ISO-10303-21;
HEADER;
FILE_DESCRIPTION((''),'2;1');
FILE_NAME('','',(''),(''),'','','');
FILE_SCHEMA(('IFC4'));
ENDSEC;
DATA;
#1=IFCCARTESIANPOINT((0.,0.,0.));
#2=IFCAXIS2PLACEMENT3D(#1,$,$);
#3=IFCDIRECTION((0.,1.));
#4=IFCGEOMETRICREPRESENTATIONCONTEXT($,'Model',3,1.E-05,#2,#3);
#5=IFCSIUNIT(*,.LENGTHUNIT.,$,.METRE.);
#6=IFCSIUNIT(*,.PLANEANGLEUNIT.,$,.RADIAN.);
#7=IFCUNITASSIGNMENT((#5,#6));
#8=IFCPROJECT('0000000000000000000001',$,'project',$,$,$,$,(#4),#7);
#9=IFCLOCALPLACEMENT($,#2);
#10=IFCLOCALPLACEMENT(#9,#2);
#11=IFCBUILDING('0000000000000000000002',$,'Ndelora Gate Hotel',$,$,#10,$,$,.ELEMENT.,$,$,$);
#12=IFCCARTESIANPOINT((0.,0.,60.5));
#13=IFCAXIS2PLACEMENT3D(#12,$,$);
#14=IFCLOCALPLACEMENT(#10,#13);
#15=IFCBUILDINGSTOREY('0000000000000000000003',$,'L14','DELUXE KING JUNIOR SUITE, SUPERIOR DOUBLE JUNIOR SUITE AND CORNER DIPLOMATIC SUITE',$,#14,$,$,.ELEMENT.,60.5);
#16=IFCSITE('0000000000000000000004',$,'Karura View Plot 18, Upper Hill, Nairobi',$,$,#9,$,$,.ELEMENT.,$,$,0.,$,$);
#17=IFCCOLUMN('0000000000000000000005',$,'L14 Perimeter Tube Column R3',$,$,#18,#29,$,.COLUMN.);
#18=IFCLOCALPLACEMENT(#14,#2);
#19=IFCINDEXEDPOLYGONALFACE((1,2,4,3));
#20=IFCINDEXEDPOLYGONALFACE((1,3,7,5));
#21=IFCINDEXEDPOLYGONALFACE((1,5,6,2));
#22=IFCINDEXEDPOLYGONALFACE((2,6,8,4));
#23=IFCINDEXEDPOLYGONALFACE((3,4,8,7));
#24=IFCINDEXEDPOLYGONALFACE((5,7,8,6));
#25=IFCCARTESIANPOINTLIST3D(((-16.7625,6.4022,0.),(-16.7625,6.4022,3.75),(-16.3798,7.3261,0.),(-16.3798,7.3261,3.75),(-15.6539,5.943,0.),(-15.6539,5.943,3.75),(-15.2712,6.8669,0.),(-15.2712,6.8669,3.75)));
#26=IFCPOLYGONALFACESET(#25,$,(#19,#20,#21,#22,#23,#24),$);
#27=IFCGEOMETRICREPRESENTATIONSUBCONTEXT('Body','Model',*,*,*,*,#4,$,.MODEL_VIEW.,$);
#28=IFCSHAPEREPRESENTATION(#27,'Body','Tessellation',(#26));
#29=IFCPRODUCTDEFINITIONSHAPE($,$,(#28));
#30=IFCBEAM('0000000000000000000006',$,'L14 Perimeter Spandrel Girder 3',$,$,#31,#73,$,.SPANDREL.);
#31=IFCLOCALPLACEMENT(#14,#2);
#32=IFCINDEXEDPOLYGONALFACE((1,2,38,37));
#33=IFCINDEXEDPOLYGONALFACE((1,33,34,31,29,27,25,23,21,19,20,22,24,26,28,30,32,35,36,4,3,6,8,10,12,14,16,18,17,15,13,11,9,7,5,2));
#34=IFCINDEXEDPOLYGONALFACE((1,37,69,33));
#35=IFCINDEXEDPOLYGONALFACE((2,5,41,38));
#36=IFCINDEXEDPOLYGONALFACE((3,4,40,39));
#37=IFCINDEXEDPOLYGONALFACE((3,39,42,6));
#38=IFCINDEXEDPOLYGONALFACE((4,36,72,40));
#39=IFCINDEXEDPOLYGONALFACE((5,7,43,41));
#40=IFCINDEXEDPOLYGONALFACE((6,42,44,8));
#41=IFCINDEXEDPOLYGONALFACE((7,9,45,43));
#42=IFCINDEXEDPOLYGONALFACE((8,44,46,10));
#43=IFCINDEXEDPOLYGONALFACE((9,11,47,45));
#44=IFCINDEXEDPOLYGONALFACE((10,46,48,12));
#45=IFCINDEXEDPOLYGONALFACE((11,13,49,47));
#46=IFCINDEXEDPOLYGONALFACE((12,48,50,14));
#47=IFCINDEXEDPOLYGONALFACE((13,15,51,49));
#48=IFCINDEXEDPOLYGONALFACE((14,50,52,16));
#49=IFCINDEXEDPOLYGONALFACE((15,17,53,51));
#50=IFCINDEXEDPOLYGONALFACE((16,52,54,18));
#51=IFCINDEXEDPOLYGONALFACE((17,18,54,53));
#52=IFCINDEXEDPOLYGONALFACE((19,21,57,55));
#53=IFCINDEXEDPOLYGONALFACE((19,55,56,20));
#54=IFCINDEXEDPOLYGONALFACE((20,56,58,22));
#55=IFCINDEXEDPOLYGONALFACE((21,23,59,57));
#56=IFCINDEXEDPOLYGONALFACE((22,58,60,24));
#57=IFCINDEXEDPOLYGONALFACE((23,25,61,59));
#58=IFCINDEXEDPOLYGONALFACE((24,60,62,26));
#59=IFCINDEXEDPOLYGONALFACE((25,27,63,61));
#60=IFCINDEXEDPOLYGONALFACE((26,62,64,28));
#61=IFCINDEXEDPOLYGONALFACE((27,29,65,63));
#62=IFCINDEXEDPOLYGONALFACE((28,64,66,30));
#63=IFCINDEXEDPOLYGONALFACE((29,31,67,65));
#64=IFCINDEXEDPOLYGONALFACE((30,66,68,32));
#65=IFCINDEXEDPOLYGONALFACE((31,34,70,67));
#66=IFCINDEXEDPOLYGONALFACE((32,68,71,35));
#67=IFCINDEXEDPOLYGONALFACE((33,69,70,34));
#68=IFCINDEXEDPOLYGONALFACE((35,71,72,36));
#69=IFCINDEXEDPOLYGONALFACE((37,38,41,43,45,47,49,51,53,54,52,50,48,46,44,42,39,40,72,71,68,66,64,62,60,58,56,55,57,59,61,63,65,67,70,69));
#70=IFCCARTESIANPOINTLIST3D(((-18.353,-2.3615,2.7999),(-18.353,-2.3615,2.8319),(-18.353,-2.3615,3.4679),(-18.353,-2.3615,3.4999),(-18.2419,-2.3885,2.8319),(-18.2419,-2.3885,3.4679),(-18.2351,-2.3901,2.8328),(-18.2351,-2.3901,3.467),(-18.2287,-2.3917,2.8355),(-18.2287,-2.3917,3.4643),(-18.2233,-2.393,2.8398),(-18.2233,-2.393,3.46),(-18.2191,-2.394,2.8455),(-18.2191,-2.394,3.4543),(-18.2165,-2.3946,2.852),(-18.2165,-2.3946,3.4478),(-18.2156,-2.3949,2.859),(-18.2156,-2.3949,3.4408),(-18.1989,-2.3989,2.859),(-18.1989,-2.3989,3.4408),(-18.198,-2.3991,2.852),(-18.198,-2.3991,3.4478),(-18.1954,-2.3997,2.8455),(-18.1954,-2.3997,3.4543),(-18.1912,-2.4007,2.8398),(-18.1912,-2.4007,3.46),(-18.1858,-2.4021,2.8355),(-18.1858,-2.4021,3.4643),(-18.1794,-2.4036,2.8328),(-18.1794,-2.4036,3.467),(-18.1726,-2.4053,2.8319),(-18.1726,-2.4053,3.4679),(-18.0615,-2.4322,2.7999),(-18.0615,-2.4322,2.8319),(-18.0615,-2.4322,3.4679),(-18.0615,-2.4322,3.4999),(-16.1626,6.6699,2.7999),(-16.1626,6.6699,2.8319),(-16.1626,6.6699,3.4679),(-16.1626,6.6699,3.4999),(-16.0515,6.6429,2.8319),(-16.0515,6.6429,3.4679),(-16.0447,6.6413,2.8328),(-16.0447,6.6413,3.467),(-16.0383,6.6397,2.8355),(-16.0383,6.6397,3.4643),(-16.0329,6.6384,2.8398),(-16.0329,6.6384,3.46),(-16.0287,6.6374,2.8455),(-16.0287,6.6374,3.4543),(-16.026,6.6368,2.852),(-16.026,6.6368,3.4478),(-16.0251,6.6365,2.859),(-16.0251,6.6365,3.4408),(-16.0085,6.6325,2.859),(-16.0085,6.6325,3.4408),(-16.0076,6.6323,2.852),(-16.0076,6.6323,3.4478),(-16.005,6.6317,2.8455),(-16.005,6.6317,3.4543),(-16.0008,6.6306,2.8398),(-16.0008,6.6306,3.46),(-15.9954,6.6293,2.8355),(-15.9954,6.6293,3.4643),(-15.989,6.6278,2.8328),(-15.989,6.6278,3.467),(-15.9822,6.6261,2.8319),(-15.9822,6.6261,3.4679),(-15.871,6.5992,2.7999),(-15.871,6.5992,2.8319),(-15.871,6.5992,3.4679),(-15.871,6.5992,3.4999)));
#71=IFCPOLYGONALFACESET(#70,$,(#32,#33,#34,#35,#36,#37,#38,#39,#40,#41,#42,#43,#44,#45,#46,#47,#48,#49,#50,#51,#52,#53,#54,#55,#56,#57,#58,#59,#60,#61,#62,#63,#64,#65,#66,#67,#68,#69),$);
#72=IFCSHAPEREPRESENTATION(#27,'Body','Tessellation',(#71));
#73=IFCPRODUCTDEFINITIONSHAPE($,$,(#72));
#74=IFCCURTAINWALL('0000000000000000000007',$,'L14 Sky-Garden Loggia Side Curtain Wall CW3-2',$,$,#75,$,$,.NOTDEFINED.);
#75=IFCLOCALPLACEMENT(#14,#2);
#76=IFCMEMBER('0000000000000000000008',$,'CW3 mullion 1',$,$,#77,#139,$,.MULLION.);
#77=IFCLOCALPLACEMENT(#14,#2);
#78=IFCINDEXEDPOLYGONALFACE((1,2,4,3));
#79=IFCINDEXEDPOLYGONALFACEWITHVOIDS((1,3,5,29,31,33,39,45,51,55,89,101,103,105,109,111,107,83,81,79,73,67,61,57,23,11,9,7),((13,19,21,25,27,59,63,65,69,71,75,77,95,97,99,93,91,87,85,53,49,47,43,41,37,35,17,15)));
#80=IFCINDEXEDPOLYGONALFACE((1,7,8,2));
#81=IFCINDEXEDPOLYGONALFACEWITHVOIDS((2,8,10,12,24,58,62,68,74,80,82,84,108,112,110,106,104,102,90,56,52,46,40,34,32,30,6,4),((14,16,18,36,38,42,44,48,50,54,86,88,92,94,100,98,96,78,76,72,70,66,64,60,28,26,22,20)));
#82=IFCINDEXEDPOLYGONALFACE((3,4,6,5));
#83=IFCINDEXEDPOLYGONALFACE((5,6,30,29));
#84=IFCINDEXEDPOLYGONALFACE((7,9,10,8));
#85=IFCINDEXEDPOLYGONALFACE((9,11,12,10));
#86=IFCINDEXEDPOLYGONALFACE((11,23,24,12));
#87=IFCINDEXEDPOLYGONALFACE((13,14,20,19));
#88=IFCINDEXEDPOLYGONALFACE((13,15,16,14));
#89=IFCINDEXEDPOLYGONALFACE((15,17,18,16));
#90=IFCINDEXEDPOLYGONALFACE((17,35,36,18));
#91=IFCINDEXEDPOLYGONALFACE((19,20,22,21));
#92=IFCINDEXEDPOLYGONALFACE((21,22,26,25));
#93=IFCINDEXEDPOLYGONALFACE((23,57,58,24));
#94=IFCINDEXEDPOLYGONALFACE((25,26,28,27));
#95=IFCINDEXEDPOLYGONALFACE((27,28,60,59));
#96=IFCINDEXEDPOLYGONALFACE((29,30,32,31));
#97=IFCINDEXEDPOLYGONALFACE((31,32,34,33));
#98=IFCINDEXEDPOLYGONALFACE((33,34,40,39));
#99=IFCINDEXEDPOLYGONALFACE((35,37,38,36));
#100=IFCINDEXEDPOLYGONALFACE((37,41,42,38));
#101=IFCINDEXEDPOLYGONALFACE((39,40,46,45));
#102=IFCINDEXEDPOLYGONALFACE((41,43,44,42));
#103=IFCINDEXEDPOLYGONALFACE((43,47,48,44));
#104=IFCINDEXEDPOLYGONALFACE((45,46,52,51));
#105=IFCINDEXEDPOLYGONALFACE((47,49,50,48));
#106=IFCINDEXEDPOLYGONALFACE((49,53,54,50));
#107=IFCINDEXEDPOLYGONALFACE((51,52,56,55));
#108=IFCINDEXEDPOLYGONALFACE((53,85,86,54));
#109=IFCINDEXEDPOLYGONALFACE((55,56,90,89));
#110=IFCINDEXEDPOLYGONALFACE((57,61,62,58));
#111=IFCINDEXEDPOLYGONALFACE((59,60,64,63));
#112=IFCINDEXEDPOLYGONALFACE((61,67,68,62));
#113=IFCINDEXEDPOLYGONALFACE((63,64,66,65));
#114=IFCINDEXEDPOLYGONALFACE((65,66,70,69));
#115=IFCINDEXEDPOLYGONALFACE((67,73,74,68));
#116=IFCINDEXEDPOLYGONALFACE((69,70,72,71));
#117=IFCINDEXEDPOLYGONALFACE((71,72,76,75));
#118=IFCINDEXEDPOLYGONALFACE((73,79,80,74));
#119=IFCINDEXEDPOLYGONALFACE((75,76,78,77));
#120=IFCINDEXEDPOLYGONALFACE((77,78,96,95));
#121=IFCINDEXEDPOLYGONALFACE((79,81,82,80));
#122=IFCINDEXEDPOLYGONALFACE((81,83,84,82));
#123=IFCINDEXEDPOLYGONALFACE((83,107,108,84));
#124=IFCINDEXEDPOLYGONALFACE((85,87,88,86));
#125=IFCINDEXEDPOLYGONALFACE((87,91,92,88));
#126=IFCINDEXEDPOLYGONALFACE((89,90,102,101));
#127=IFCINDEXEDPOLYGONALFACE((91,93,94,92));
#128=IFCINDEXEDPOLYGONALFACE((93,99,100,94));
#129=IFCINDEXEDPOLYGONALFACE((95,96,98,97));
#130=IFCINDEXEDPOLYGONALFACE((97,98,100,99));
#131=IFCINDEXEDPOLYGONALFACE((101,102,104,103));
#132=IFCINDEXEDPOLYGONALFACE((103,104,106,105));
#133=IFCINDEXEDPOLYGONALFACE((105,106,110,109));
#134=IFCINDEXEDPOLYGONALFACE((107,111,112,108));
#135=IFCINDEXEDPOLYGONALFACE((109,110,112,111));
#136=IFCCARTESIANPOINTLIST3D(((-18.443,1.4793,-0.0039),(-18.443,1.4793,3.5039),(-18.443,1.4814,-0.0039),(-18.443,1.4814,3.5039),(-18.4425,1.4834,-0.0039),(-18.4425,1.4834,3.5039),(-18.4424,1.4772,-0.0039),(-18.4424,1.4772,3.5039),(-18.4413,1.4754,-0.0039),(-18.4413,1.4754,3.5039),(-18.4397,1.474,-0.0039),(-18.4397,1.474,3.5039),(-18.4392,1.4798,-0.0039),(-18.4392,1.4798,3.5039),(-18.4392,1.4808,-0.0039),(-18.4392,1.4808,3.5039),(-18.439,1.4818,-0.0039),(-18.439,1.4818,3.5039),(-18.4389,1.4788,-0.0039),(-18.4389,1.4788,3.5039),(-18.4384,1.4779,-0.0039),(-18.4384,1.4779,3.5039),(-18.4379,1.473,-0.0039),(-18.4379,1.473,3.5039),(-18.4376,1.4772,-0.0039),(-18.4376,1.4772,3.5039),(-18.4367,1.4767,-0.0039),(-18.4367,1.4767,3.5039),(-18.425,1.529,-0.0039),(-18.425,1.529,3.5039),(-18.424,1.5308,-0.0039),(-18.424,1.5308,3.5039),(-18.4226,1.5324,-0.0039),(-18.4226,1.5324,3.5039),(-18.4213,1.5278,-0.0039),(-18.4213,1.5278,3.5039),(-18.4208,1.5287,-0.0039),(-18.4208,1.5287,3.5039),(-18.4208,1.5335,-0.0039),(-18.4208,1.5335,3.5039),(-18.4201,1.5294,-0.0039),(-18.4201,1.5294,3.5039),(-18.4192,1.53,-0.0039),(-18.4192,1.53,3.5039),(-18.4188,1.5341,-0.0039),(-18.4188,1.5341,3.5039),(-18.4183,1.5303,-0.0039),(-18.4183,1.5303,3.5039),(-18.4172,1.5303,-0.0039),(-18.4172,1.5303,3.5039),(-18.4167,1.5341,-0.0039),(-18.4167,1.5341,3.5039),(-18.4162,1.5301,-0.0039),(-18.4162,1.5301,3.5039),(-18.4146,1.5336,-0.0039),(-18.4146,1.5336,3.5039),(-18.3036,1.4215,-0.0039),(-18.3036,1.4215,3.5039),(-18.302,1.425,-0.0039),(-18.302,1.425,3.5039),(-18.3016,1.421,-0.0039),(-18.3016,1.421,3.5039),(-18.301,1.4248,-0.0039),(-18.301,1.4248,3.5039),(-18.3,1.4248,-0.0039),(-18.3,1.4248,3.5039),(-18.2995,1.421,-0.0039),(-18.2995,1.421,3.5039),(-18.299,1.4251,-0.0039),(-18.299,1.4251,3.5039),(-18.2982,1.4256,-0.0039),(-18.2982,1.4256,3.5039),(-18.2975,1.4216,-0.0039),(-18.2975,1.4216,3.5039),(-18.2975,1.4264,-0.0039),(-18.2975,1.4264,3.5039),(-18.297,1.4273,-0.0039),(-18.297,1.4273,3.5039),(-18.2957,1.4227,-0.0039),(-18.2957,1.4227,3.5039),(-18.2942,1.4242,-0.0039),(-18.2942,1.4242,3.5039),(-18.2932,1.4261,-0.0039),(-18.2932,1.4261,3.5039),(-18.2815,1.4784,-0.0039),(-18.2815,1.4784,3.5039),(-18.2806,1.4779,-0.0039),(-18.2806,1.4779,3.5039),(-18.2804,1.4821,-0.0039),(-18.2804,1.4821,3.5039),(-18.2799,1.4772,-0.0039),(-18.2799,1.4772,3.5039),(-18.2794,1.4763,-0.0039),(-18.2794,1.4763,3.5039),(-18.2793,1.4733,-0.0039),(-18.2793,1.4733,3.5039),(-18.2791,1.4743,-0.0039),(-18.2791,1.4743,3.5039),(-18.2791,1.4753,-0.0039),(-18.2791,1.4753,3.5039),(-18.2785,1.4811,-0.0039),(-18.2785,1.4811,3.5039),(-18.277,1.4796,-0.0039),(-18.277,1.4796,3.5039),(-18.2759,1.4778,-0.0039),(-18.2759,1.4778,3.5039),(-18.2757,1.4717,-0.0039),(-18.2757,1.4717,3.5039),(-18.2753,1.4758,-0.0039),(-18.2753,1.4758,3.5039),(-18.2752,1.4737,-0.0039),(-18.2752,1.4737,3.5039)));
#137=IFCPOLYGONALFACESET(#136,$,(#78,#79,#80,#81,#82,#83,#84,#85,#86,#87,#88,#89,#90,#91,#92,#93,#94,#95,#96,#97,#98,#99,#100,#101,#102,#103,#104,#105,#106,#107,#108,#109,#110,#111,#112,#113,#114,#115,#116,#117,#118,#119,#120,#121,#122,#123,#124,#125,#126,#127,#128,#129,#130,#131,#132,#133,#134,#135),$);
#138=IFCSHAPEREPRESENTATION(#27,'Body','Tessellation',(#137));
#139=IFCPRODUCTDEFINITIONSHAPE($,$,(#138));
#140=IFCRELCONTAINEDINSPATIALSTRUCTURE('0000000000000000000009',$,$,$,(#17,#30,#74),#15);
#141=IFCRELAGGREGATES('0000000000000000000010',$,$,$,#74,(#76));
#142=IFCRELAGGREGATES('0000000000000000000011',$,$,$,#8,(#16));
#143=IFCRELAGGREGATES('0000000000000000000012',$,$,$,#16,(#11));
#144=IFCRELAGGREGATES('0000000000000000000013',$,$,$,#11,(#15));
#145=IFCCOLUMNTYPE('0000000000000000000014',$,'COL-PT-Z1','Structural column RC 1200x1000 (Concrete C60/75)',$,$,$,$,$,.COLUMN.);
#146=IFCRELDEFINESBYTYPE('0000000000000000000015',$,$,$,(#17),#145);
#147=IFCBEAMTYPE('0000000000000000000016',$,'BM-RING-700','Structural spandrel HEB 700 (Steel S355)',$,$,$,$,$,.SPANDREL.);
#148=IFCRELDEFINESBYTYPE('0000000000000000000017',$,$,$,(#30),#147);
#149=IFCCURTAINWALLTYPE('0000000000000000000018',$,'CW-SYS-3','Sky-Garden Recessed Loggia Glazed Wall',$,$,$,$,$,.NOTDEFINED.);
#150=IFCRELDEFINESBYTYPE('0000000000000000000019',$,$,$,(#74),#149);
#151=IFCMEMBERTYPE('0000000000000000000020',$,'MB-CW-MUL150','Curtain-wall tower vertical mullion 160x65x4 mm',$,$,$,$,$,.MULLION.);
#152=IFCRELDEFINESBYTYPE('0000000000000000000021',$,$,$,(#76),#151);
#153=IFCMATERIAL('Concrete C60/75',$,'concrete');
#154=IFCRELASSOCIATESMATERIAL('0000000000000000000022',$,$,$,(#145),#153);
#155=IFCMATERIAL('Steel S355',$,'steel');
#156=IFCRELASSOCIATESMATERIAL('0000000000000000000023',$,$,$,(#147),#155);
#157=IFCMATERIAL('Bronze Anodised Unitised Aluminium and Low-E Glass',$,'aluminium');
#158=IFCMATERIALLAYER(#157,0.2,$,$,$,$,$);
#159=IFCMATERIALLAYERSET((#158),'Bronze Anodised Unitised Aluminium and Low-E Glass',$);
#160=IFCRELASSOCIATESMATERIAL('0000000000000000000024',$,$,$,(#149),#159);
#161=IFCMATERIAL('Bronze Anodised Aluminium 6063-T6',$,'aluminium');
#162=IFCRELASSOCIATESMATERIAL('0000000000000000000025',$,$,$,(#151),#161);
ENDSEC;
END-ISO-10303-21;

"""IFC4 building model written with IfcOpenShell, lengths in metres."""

from ifc_helpers import new_model, si_unit, direction, frame, origin, origin_2d, place, context, subcontext, project, spatial, rectangle, hollow_rectangle, i_section, extrude, material, layer, layer_set, material_profile, profile_set, type_object, element, aggregate, save


model = new_model("IFC4")

# Units and contexts
model_context = context("Model", 3, precision=1e-05, world=origin(), true_north=direction((0.0, 1.0)))
body_context = subcontext(model_context, "Body", "Model", "MODEL_VIEW")
ifc_project = project(units=[si_unit("LENGTHUNIT", "METRE"), si_unit("PLANEANGLEUNIT", "RADIAN")], contexts=[model_context])

# Site, building, storey
site_placement = place(None, origin())
site = spatial("IfcSite", under=ifc_project, at=site_placement, Name="Karura View Plot 18, Upper Hill, Nairobi", CompositionType="ELEMENT", RefElevation=0.0)
building_placement = place(site_placement, origin())
building = spatial("IfcBuilding", under=site, at=building_placement, Name="Ndelora Gate Hotel", CompositionType="ELEMENT")
storey_placement = place(building_placement, frame((0.0, 0.0, 60.5)))
storey = spatial("IfcBuildingStorey", under=building, at=storey_placement, Name="L14", Description="DELUXE KING JUNIOR SUITE, SUPERIOR DOUBLE JUNIOR SUITE AND CORNER DIPLOMATIC SUITE", CompositionType="ELEMENT", Elevation=60.5)

# Column
ifc_material_1 = material(Name="Concrete C60/75", Category="concrete")
ifc_material_profile_1 = material_profile(ifc_material_1, rectangle(XDim=1.0, YDim=1.2, at=origin_2d()), Name="RC 1200x1000")
ifc_profile_set_1 = profile_set([ifc_material_profile_1], Name="Concrete C60/75")
column_type = type_object("IfcColumnType", Name="COL-PT-Z1", Description="Structural column RC 1200x1000 (Concrete C60/75)", PredefinedType="COLUMN", material=ifc_profile_set_1)
column_placement = place(storey_placement, frame((-16.0168, 6.6345, 0.0), z_axis=(0.0, 0.0, 1.0), x_axis=(0.382683, 0.92388, 0.0)))
element("IfcColumn", 1, at=column_placement, inside=storey, type_object=column_type, Name="L14 Perimeter Tube Column R3", PredefinedType="COLUMN", context=body_context, shape_type="SweptSolid", body=[
    extrude(rectangle(XDim=1.0, YDim=1.2, at=origin_2d()), origin(), (0.0, 0.0, 1.0), 3.75),
])

# Beam
ifc_material_2 = material(Name="Steel S355", Category="steel")
ifc_material_profile_2 = material_profile(ifc_material_2, i_section(OverallWidth=0.3, OverallDepth=0.7, WebThickness=0.0171, FlangeThickness=0.032, FilletRadius=0.0271, at=origin_2d()), Name="HEB 700")
ifc_profile_set_2 = profile_set([ifc_material_profile_2], Name="Steel S355")
beam_type = type_object("IfcBeamType", Name="BM-RING-700", Description="Structural spandrel HEB 700 (Steel S355)", PredefinedType="SPANDREL", material=ifc_profile_set_2)
beam_placement = place(storey_placement, frame((-16.0168, 6.6345, 3.1499), z_axis=(-0.235699, -0.971826, 0.0), x_axis=(0.971826, -0.235699, 0.0)))
element("IfcBeam", 2, at=beam_placement, inside=storey, type_object=beam_type, Name="L14 Perimeter Spandrel Girder 3", PredefinedType="SPANDREL", context=body_context, shape_type="SweptSolid", body=[
    extrude(i_section(OverallWidth=0.3, OverallDepth=0.7, WebThickness=0.0171, FlangeThickness=0.032, FilletRadius=0.0271, at=origin_2d()), origin(), (0.0, 0.0, 1.0), 9.2932),
])

# Curtain wall, member
ifc_material_3 = material(Name="Bronze Anodised Unitised Aluminium and Low-E Glass", Category="aluminium")
ifc_layer_1 = layer(ifc_material_3, 0.2)
ifc_layer_set_1 = layer_set([ifc_layer_1], Name="Bronze Anodised Unitised Aluminium and Low-E Glass")
curtain_wall_type = type_object("IfcCurtainWallType", Name="CW-SYS-3", Description="Sky-Garden Recessed Loggia Glazed Wall", PredefinedType="NOTDEFINED", material=ifc_layer_set_1)
curtain_wall_placement = place(storey_placement, origin())
curtain_wall = element("IfcCurtainWall", 3, at=curtain_wall_placement, inside=storey, type_object=curtain_wall_type, Name="L14 Sky-Garden Loggia Side Curtain Wall CW3-2", PredefinedType="NOTDEFINED")
ifc_material_4 = material(Name="Bronze Anodised Aluminium 6063-T6", Category="aluminium")
ifc_material_profile_3 = material_profile(ifc_material_4, hollow_rectangle(XDim=0.0649, YDim=0.1599, WallThickness=0.0039, InnerFilletRadius=0.0039, OuterFilletRadius=0.0081, at=origin_2d()), Name="ALU 160x65x4")
ifc_profile_set_3 = profile_set([ifc_material_profile_3], Name="Bronze Anodised Aluminium 6063-T6")
member_type_1 = type_object("IfcMemberType", Name="MB-CW-MUL150", Description="Curtain-wall tower vertical mullion 160x65x4 mm", PredefinedType="MULLION", material=ifc_profile_set_3)
member_1_placement = place(storey_placement, frame((-18.3591, 1.4775, -0.0039), z_axis=(0.0, 0.0, 1.0), x_axis=(0.358376, 0.933577, 0.0)))
member_1 = element("IfcMember", 4, at=member_1_placement, type_object=member_type_1, Name="CW3 mullion 1", PredefinedType="MULLION", context=body_context, shape_type="SweptSolid", body=[
    extrude(hollow_rectangle(XDim=0.0649, YDim=0.1599, WallThickness=0.0039, InnerFilletRadius=0.0039, OuterFilletRadius=0.0081, at=origin_2d()), origin(), (0.0, 0.0, 1.0), 3.5078),
])
aggregate(curtain_wall, [member_1])

save(model, "model.ifc")
